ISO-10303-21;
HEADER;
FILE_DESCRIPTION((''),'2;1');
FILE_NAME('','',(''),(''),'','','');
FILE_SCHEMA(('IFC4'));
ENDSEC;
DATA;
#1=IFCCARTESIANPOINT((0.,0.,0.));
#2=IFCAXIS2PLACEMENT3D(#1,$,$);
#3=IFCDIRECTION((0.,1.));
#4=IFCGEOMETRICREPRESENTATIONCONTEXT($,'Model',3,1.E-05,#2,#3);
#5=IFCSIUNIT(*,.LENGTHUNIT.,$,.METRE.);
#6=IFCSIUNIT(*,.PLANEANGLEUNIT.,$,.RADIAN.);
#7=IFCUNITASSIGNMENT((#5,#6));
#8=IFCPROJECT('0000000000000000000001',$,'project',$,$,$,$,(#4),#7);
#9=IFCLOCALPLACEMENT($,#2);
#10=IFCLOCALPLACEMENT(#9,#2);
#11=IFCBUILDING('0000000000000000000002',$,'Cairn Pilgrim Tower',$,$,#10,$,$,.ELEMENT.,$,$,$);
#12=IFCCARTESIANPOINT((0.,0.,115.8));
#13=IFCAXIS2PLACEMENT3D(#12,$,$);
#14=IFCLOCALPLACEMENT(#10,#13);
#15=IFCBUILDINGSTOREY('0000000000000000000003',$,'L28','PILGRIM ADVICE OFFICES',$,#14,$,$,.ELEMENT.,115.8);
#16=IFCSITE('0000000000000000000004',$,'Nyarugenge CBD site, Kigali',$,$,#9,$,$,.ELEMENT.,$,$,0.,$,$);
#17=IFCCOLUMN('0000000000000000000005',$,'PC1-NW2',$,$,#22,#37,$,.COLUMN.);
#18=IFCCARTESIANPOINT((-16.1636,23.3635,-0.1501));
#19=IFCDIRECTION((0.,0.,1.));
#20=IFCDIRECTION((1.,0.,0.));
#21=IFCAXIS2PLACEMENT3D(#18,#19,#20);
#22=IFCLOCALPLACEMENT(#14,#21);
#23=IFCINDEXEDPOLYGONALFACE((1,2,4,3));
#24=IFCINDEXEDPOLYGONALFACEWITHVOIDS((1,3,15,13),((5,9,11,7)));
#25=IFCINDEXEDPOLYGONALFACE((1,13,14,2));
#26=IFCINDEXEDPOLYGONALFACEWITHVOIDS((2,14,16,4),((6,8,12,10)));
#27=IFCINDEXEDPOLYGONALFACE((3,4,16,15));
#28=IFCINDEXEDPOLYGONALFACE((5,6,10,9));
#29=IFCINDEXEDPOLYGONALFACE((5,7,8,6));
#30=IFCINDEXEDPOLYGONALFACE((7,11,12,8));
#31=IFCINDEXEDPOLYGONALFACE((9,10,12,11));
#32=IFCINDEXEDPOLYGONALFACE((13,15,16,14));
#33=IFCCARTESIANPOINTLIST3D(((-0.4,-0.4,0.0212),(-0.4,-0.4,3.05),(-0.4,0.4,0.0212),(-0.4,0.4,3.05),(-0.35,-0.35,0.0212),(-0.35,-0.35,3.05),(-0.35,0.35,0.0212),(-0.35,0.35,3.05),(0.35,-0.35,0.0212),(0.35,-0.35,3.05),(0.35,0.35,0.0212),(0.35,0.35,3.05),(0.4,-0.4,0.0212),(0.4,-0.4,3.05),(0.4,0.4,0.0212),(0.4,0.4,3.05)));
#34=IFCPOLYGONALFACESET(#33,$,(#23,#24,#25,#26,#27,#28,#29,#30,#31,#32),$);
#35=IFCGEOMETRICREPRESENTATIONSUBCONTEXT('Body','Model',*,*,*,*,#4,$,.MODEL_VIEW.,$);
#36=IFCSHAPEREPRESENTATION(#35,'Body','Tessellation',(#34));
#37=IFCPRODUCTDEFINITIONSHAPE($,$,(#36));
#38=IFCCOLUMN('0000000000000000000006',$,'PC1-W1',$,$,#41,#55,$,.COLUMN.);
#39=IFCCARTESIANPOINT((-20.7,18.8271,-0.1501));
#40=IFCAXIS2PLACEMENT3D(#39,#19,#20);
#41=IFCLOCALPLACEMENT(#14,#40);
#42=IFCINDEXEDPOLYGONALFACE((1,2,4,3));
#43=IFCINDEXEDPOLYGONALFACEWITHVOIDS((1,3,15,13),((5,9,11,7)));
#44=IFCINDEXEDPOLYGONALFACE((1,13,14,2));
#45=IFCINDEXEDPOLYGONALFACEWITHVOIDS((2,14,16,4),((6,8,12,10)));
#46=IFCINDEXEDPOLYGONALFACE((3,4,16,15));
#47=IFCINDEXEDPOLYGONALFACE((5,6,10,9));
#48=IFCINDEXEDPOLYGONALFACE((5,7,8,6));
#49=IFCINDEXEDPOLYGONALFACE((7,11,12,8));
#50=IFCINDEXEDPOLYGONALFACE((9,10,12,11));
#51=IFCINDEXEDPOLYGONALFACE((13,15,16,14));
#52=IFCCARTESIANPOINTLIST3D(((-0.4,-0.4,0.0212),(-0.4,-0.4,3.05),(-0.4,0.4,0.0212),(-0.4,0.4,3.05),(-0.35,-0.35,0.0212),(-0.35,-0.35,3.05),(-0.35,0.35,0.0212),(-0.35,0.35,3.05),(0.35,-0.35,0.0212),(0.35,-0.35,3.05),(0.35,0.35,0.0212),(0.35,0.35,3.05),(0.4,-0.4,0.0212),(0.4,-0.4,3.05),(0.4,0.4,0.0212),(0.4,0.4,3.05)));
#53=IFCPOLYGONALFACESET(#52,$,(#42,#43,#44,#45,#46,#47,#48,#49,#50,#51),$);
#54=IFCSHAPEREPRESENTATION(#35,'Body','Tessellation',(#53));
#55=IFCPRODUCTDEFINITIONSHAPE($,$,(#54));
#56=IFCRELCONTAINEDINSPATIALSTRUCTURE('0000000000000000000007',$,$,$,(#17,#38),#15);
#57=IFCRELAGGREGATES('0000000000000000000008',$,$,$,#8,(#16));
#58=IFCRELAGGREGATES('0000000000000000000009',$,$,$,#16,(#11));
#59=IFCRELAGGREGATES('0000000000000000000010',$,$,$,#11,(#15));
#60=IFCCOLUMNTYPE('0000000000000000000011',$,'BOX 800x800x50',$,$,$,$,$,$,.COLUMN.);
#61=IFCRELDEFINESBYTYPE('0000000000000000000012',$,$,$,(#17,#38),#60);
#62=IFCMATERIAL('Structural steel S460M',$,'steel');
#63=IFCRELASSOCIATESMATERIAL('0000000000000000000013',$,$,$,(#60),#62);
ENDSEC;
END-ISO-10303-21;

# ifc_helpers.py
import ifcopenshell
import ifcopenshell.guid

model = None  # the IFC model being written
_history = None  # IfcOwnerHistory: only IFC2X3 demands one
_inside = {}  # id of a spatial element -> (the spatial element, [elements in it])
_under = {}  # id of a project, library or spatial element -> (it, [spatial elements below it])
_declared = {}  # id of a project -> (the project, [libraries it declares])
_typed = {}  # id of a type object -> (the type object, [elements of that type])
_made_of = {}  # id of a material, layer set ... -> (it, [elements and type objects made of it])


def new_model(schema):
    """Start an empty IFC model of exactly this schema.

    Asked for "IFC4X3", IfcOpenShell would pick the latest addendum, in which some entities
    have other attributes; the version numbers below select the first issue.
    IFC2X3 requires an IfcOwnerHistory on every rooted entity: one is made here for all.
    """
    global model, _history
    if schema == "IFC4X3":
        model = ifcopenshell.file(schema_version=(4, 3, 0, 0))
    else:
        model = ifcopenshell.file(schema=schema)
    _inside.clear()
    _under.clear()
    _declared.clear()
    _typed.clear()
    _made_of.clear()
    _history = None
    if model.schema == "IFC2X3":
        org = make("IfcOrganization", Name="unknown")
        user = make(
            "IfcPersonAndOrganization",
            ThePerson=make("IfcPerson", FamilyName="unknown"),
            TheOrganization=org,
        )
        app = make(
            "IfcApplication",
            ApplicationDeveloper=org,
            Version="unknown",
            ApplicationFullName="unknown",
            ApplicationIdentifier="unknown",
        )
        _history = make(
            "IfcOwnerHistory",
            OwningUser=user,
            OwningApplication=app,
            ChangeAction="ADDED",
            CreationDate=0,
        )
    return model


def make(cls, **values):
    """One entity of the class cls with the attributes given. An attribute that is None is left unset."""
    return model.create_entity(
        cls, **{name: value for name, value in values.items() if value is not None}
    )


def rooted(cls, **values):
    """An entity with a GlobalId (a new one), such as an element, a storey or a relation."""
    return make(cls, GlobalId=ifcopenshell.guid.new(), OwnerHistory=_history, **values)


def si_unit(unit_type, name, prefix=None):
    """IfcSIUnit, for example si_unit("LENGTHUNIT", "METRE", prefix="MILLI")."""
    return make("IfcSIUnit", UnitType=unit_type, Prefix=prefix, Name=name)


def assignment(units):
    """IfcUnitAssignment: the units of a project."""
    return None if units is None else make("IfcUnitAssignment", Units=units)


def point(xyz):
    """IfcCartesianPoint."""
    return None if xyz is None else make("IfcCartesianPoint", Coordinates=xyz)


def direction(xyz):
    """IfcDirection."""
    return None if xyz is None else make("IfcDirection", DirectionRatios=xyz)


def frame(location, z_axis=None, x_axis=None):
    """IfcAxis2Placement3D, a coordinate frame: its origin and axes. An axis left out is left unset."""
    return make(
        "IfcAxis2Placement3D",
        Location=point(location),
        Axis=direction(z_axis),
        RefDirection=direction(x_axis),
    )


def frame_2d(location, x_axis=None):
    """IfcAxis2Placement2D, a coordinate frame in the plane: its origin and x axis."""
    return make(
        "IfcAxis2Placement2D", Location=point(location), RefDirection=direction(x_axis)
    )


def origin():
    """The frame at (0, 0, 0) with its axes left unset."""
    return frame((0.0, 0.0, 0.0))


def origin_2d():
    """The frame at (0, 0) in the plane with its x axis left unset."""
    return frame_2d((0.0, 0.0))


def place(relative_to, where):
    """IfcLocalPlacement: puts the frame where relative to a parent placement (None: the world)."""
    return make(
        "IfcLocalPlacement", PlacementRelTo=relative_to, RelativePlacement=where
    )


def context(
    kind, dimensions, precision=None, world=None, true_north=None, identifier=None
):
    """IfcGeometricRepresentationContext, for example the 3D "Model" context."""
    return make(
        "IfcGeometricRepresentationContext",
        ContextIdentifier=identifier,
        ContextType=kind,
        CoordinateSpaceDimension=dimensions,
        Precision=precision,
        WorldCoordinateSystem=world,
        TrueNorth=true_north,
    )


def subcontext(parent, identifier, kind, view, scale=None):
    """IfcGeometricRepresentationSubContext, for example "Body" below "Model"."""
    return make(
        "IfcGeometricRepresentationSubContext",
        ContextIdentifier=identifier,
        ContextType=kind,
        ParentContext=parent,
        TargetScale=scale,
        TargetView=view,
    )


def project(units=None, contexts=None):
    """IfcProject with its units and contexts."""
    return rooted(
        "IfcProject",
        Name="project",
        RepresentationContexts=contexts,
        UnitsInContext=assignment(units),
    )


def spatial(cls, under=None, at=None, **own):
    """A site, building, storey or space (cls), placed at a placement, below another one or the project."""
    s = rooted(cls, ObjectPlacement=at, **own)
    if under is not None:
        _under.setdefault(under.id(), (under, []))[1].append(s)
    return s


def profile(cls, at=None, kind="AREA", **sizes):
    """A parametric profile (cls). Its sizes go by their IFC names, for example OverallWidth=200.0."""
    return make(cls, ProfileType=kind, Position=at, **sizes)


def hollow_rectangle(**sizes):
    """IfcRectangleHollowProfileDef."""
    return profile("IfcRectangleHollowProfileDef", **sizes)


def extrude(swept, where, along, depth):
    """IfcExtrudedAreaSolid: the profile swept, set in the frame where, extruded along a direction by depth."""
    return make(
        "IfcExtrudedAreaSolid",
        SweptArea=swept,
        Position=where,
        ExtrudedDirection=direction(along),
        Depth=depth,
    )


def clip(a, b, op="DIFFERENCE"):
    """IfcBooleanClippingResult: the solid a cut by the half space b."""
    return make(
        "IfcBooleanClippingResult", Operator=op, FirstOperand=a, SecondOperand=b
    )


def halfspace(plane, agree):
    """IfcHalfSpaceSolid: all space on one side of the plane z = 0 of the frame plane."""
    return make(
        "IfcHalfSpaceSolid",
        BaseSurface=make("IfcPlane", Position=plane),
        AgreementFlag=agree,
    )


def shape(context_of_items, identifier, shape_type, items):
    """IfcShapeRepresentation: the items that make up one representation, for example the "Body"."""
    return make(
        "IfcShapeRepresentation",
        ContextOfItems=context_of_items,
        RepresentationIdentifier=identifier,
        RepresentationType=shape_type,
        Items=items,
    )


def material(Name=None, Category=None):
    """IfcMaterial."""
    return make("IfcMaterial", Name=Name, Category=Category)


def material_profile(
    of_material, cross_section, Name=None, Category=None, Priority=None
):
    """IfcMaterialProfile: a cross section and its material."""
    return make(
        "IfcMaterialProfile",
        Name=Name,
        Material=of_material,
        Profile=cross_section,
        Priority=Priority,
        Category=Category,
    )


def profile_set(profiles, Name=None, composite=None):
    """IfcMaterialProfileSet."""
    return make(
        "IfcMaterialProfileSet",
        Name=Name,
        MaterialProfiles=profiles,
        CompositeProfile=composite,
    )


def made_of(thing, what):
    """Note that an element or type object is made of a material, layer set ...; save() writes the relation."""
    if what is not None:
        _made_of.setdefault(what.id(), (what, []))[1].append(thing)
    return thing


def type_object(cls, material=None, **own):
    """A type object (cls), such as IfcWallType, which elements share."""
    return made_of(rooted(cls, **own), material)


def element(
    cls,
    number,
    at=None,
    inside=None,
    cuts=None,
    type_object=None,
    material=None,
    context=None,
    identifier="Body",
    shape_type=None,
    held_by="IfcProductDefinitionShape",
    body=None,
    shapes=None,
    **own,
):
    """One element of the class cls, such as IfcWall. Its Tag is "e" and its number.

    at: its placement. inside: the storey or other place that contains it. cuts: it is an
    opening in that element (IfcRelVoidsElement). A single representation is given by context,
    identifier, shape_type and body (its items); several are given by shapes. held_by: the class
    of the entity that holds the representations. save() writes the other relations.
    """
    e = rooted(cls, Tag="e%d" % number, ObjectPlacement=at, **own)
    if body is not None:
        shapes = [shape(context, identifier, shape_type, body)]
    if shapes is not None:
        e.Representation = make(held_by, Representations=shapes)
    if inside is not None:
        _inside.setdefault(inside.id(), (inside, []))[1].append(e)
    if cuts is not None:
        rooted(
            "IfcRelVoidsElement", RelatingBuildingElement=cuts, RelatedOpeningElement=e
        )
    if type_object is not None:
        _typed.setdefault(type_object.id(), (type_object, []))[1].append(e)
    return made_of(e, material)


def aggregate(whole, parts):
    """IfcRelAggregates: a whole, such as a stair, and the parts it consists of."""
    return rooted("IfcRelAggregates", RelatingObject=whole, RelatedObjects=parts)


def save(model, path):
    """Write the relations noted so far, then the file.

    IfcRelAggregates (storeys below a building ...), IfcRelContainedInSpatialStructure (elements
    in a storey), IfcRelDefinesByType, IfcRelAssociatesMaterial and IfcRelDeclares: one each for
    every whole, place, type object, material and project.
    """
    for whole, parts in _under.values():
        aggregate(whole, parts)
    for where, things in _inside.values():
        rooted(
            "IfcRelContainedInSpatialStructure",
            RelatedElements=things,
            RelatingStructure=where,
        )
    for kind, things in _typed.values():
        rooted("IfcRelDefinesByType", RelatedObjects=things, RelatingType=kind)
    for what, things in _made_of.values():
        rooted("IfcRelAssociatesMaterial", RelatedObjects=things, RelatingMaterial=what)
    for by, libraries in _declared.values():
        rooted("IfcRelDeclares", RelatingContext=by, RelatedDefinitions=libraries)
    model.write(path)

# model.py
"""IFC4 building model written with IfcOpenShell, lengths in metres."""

from ifc_helpers import new_model, si_unit, direction, frame, origin, origin_2d, place, context, subcontext, project, spatial, hollow_rectangle, extrude, clip, halfspace, material, material_profile, profile_set, type_object, element, save


model = new_model("IFC4")

# Units and contexts
model_context = context("Model", 3, precision=1e-05, world=origin(), true_north=direction((0.0, 1.0)))
body_context = subcontext(model_context, "Body", "Model", "MODEL_VIEW")
ifc_project = project(units=[si_unit("LENGTHUNIT", "METRE"), si_unit("PLANEANGLEUNIT", "RADIAN")], contexts=[model_context])

# Site, building, storey
site_placement = place(None, origin())
site = spatial("IfcSite", under=ifc_project, at=site_placement, Name="Nyarugenge CBD site, Kigali", CompositionType="ELEMENT", RefElevation=0.0)
building_placement = place(site_placement, origin())
building = spatial("IfcBuilding", under=site, at=building_placement, Name="Cairn Pilgrim Tower", CompositionType="ELEMENT")
storey_placement = place(building_placement, frame((0.0, 0.0, 115.8)))
storey = spatial("IfcBuildingStorey", under=building, at=storey_placement, Name="L28", Description="PILGRIM ADVICE OFFICES", CompositionType="ELEMENT", Elevation=115.8)

# Columns
ifc_material_1 = material(Name="Structural steel S460M", Category="steel")
ifc_material_profile_1 = material_profile(ifc_material_1, hollow_rectangle(XDim=0.8, YDim=0.8, WallThickness=0.05, at=origin_2d()), Name="BOX 800x800x50")
ifc_profile_set_1 = profile_set([ifc_material_profile_1], Name="Structural steel S460M")
column_type_1 = type_object("IfcColumnType", Name="BOX 800x800x50", PredefinedType="COLUMN", material=ifc_profile_set_1)
for number, where, z_axis, x_axis, name in (
    (1, (-16.1636, 23.3635, -0.1501), (0.0, 0.0, 1.0), (1.0, 0.0, 0.0), "PC1-NW2"),
    (2, (-20.7, 18.8271, -0.1501), (0.0, 0.0, 1.0), (1.0, 0.0, 0.0), "PC1-W1"),
):
    element("IfcColumn", number, at=place(storey_placement, frame(where, z_axis=z_axis, x_axis=x_axis)), inside=storey, type_object=column_type_1, Name=name, PredefinedType="COLUMN", context=body_context, shape_type="Clipping", body=[
        clip(clip(extrude(hollow_rectangle(XDim=0.8, YDim=0.8, WallThickness=0.05, at=origin_2d()), origin(), (0.0, 0.0, 1.0), 3.5), halfspace(frame((0.0, 0.0, 0.0212), z_axis=(0.0, 0.0, 1.0), x_axis=(1.0, 0.0, 0.0)), True)), halfspace(frame((0.0, 0.0, 3.05), z_axis=(0.0, 0.0, 1.0), x_axis=(1.0, 0.0, 0.0)), False)),
    ])

save(model, "model.ifc")
